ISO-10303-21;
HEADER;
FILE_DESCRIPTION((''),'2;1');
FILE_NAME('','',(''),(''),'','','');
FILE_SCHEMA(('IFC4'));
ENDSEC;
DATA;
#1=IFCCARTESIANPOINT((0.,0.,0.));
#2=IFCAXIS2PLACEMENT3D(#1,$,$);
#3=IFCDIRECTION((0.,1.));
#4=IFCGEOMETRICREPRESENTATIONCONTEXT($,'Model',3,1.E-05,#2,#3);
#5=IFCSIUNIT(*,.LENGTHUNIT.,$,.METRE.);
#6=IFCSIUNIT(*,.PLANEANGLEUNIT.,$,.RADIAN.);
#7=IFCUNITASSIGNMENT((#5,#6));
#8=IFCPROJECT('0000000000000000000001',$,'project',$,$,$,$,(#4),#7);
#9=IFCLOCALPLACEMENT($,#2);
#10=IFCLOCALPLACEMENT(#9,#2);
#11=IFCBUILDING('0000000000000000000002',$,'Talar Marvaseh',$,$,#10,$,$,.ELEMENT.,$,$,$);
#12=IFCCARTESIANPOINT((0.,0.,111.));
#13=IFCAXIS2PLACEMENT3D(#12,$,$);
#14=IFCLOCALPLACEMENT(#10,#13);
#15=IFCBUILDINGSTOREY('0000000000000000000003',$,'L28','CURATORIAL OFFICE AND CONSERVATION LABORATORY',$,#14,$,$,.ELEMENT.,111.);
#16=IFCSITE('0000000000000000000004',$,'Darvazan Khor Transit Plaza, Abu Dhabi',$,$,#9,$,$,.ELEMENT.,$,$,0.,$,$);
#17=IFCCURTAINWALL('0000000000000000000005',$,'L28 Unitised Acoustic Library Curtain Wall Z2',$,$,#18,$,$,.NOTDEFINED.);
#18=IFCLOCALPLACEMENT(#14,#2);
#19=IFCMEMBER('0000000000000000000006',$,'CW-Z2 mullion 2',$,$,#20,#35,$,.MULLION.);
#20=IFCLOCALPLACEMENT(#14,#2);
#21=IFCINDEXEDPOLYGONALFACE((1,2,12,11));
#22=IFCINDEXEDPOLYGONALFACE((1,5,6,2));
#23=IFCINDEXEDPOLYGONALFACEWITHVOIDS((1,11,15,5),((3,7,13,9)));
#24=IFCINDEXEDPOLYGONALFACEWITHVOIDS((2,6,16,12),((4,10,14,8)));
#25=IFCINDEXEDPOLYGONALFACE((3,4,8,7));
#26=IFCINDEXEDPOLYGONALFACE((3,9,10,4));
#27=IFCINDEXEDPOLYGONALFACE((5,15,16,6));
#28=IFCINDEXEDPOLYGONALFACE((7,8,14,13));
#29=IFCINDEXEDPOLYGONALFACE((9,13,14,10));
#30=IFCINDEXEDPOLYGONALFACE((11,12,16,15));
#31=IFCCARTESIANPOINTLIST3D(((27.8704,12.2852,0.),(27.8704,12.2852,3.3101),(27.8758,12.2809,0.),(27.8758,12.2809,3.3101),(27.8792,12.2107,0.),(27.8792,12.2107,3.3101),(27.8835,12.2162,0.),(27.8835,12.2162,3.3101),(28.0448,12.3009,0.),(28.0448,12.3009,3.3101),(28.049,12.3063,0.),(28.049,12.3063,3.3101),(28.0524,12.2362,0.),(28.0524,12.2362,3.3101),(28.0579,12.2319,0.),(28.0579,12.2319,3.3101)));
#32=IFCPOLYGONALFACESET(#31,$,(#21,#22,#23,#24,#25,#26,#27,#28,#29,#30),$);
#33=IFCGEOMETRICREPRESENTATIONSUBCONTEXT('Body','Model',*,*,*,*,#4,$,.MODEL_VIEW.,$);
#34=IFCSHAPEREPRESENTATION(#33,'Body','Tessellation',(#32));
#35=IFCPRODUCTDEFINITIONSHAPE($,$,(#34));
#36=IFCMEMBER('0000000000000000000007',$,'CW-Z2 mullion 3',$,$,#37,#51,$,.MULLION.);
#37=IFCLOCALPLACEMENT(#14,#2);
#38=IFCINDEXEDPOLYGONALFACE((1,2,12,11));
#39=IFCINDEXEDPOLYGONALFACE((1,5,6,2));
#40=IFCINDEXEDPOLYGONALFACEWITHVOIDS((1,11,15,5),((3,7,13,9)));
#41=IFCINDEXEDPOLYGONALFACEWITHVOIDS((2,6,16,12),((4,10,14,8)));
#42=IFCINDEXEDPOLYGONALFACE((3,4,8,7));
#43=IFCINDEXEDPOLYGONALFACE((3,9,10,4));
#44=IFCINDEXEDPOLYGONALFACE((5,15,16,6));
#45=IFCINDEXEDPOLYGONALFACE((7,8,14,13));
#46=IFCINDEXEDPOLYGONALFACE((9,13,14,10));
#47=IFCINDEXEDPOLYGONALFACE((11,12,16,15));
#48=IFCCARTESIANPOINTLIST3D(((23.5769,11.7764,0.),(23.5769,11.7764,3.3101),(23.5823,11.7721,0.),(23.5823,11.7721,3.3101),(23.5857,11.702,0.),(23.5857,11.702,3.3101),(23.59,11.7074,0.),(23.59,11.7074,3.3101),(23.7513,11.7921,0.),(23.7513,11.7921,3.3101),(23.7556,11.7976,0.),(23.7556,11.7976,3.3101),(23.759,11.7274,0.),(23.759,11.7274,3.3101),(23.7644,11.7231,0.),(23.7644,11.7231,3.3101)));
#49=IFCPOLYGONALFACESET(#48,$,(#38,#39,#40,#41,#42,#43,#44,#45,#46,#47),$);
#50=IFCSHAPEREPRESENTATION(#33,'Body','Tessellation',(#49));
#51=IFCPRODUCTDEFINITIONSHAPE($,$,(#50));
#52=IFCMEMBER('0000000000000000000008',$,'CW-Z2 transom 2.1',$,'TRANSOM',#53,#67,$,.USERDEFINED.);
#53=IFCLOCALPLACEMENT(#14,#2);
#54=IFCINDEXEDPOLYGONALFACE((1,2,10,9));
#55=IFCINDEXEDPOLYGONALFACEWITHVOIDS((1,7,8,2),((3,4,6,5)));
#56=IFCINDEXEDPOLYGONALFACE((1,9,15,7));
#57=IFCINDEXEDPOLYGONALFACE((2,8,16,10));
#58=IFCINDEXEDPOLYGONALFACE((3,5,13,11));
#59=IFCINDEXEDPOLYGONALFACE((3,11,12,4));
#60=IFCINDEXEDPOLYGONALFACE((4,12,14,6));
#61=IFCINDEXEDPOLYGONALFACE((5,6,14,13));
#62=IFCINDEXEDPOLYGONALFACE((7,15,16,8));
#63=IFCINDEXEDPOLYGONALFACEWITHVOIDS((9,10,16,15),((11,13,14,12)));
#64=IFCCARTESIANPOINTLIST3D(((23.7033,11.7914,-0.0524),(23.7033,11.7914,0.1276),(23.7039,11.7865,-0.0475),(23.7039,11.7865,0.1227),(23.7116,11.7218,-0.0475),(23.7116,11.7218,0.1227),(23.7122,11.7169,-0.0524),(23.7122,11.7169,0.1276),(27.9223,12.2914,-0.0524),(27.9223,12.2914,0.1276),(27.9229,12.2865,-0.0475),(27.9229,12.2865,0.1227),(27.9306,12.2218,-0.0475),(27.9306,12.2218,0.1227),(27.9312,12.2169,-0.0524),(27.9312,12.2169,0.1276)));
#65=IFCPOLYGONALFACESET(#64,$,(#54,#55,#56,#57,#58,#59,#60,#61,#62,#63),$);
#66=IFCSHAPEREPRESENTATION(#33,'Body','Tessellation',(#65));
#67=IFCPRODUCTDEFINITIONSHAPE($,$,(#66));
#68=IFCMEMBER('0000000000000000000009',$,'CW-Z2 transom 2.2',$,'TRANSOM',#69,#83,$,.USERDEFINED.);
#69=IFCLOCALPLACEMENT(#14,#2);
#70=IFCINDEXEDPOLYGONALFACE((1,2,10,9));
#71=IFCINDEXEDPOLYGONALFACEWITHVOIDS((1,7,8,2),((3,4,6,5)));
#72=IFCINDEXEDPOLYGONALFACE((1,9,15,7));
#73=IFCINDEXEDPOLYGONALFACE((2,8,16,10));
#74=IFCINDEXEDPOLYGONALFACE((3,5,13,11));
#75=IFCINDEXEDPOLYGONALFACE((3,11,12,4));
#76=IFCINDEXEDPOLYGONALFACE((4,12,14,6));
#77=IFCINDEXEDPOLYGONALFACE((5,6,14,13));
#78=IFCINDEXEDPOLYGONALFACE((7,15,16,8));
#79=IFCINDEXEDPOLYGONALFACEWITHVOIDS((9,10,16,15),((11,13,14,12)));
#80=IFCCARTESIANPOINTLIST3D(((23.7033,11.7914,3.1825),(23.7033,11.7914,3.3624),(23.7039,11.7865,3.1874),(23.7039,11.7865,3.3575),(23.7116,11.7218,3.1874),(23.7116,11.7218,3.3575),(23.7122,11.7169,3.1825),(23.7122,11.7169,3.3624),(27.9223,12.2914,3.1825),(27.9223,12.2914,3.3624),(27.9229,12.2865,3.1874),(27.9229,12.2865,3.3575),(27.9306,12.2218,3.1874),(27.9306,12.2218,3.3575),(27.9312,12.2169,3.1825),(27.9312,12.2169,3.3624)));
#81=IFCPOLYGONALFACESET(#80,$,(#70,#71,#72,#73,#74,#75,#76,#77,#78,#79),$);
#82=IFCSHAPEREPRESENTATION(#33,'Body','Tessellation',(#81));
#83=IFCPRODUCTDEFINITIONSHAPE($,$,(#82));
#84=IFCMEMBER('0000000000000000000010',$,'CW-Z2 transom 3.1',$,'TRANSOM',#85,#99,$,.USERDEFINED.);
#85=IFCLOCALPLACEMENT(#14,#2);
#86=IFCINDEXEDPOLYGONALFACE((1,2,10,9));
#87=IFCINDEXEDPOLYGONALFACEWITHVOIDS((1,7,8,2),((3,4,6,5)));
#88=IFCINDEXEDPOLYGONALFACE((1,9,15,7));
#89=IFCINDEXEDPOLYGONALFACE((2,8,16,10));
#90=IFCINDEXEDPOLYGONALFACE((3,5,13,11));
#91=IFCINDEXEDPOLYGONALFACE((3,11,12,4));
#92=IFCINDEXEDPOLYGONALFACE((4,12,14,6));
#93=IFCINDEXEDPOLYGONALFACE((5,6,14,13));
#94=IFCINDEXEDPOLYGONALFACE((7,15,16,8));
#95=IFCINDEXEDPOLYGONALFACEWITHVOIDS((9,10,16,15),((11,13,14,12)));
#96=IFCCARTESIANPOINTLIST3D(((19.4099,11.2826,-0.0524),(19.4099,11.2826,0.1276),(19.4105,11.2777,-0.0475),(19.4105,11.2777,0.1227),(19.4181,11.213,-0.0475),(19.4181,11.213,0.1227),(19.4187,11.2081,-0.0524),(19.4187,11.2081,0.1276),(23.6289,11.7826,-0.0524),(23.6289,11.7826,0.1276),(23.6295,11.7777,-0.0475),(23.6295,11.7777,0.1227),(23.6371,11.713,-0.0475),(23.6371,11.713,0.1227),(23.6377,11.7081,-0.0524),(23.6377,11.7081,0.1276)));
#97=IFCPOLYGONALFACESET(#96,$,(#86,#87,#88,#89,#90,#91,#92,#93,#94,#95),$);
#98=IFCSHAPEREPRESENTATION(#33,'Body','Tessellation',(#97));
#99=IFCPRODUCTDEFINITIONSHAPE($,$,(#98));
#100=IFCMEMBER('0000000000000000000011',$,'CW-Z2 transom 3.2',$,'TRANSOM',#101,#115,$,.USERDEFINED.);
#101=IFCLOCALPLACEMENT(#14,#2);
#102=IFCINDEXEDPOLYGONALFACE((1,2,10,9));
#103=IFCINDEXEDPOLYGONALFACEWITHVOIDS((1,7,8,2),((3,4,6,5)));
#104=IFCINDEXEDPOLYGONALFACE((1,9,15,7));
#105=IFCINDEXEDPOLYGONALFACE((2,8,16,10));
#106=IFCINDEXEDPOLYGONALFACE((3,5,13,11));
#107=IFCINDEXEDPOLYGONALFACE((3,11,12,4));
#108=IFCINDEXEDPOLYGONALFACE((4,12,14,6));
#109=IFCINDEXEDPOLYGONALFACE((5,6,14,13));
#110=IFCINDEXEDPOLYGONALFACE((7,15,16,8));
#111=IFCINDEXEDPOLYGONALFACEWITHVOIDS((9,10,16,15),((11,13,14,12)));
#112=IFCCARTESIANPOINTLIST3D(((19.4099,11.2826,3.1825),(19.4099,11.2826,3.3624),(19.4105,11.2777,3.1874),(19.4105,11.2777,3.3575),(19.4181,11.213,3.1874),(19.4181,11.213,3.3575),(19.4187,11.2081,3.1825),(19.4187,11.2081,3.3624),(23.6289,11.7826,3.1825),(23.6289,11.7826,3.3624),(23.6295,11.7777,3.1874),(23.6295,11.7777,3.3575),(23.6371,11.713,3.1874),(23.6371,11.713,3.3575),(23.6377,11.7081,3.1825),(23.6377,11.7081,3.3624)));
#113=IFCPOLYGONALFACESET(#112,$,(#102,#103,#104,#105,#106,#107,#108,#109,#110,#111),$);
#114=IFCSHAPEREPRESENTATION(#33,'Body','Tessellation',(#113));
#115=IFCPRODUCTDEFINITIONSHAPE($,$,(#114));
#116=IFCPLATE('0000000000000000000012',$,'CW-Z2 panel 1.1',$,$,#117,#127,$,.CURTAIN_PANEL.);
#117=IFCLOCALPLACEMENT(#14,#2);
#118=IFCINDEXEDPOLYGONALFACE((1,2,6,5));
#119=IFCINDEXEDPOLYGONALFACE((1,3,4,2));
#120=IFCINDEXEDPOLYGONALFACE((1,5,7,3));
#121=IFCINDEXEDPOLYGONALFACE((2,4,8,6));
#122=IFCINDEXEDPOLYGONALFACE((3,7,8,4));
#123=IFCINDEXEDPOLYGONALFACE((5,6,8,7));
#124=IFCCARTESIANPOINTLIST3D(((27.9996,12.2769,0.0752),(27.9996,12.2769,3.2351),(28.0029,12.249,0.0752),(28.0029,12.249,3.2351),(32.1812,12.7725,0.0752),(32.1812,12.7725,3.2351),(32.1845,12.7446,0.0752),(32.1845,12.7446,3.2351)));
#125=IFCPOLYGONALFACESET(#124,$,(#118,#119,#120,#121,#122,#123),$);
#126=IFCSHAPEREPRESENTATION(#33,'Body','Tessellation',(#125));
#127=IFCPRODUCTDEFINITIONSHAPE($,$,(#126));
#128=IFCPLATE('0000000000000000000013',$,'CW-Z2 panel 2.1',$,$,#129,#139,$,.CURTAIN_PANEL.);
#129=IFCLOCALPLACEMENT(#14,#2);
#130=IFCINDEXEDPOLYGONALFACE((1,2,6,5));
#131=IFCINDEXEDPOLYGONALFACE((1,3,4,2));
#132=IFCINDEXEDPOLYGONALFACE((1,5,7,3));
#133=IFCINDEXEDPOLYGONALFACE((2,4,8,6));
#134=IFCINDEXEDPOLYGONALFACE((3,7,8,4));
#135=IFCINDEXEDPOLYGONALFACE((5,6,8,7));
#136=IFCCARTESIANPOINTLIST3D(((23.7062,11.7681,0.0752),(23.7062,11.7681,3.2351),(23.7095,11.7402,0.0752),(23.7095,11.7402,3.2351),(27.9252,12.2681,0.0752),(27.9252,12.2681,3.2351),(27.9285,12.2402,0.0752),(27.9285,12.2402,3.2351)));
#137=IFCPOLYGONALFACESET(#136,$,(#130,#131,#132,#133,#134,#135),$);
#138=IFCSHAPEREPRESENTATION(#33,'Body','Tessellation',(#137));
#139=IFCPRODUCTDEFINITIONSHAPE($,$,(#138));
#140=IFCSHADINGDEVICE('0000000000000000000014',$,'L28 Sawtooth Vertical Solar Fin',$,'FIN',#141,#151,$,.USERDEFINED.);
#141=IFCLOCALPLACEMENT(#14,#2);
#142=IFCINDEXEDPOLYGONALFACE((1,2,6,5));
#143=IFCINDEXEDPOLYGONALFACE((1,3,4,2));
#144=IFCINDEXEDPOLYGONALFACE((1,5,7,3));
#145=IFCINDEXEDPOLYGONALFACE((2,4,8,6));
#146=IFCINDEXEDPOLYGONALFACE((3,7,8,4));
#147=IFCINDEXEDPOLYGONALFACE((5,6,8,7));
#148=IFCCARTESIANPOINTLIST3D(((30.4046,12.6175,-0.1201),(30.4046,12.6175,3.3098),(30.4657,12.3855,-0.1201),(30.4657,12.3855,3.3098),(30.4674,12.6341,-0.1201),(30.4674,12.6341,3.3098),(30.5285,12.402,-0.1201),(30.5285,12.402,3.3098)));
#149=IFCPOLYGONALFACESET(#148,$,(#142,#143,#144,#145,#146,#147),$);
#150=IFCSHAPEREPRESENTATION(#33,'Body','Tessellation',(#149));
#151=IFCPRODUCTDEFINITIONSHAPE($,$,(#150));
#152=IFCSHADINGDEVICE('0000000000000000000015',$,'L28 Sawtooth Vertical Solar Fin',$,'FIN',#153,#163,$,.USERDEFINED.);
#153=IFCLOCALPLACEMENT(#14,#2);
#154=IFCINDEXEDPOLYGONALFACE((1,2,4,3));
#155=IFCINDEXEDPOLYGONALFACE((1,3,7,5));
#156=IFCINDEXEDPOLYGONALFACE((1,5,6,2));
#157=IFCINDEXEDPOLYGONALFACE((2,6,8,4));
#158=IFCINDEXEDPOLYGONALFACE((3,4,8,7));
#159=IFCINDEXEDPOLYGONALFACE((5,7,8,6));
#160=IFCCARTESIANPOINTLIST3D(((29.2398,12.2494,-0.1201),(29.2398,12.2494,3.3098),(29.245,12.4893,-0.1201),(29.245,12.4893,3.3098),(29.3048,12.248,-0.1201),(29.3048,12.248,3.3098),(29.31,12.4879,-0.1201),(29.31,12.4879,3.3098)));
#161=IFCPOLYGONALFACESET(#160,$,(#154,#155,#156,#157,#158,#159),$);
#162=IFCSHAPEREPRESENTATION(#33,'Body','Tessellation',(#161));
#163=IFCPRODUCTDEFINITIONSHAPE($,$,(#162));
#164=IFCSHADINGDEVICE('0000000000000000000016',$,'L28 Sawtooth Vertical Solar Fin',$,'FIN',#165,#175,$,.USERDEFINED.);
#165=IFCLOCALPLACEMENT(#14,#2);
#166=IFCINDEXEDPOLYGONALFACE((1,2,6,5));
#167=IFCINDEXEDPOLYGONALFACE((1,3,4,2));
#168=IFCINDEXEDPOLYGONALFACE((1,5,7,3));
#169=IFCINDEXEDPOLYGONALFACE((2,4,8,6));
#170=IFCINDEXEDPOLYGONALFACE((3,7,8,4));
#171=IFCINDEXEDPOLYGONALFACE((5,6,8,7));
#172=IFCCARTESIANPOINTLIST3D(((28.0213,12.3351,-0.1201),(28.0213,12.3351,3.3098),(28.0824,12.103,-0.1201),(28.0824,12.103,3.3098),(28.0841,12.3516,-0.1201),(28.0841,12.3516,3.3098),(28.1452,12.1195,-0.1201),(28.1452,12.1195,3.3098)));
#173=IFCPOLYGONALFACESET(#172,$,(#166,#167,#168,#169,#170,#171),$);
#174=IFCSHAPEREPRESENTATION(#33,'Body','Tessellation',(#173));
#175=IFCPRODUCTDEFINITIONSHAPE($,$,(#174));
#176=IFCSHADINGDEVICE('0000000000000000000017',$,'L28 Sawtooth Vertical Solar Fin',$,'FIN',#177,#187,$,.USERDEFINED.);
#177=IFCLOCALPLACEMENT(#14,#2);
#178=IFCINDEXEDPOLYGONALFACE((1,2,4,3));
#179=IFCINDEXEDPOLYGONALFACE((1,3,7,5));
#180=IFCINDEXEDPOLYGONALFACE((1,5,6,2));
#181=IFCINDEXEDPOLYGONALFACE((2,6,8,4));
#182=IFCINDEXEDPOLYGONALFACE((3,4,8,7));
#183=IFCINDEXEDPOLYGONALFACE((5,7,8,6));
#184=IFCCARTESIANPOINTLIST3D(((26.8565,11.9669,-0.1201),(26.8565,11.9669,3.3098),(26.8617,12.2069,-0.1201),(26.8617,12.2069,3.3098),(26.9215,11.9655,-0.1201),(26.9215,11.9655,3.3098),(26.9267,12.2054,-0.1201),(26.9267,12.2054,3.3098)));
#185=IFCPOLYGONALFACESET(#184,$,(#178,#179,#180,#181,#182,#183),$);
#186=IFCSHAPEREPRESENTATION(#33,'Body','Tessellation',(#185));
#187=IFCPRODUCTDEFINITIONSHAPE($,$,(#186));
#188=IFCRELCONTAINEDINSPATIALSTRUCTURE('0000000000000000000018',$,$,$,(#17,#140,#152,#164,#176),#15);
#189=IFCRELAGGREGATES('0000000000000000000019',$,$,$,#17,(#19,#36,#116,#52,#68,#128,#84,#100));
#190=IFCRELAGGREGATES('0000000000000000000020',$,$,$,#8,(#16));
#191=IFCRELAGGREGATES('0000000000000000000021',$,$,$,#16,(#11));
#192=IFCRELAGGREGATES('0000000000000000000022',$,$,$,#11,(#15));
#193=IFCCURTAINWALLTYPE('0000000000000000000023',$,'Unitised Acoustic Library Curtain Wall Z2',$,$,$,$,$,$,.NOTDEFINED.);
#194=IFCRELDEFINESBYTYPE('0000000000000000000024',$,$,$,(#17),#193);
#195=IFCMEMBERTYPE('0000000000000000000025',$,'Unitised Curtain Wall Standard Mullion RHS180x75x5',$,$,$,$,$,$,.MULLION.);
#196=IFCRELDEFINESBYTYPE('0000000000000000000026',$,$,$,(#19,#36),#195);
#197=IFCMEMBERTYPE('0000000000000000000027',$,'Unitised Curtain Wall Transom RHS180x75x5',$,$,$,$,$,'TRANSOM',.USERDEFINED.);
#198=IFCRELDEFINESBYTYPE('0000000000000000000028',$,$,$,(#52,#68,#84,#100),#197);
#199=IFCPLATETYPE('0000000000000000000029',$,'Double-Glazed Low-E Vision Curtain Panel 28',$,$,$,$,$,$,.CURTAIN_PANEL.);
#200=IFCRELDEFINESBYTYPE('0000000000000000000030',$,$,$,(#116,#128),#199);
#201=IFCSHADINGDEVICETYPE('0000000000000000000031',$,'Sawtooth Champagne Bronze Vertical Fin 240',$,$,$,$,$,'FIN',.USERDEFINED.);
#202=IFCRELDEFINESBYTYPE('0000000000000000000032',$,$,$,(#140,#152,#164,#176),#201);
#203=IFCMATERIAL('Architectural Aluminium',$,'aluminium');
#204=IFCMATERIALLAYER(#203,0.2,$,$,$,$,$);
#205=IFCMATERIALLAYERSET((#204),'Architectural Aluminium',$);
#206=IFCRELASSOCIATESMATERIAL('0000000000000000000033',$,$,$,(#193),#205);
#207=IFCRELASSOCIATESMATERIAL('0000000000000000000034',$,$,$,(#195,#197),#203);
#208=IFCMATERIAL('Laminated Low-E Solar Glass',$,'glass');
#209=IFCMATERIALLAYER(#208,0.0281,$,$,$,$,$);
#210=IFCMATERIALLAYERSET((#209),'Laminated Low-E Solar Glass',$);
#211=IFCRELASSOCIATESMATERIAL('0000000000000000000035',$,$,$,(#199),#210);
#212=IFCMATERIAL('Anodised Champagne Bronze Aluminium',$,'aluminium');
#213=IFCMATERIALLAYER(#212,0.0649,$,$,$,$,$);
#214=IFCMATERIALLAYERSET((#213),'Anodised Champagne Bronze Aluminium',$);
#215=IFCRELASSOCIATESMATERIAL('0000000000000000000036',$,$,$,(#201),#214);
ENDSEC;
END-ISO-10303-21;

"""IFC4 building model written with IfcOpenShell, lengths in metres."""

from ifc_helpers import new_model, si_unit, direction, frame, origin, origin_2d, place, context, subcontext, project, spatial, rectangle, hollow_rectangle, extrude, source, transform, mapped, material, layer, layer_set, material_profile, profile_set, type_object, type_shapes, element, aggregate, save


model = new_model("IFC4")

# Units and contexts
model_context = context("Model", 3, precision=1e-05, world=origin(), true_north=direction((0.0, 1.0)))
body_context = subcontext(model_context, "Body", "Model", "MODEL_VIEW")
ifc_project = project(units=[si_unit("LENGTHUNIT", "METRE"), si_unit("PLANEANGLEUNIT", "RADIAN")], contexts=[model_context])

# Site, building, storey
site_placement = place(None, origin())
site = spatial("IfcSite", under=ifc_project, at=site_placement, Name="Darvazan Khor Transit Plaza, Abu Dhabi", CompositionType="ELEMENT", RefElevation=0.0)
building_placement = place(site_placement, origin())
building = spatial("IfcBuilding", under=site, at=building_placement, Name="Talar Marvaseh", CompositionType="ELEMENT")
storey_placement = place(building_placement, frame((0.0, 0.0, 111.0)))
storey = spatial("IfcBuildingStorey", under=building, at=storey_placement, Name="L28", Description="CURATORIAL OFFICE AND CONSERVATION LABORATORY", CompositionType="ELEMENT", Elevation=111.0)

# Curtain wall, members, plates
ifc_material_1 = material(Name="Architectural Aluminium", Category="aluminium")
ifc_layer_1 = layer(ifc_material_1, 0.2)
ifc_layer_set_1 = layer_set([ifc_layer_1], Name="Architectural Aluminium")
curtain_wall_type = type_object("IfcCurtainWallType", Name="Unitised Acoustic Library Curtain Wall Z2", PredefinedType="NOTDEFINED", material=ifc_layer_set_1)
curtain_wall_placement = place(storey_placement, origin())
curtain_wall = element("IfcCurtainWall", 1, at=curtain_wall_placement, inside=storey, type_object=curtain_wall_type, Name="L28 Unitised Acoustic Library Curtain Wall Z2", PredefinedType="NOTDEFINED")
ifc_material_profile_1 = material_profile(ifc_material_1, hollow_rectangle(XDim=0.075, YDim=0.1799, WallThickness=0.0049, at=origin_2d()), Name="RHS180x75x5")
ifc_profile_set_1 = profile_set([ifc_material_profile_1], Name="Architectural Aluminium")
member_type_1 = type_object("IfcMemberType", Name="Unitised Curtain Wall Standard Mullion RHS180x75x5", PredefinedType="MULLION", material=ifc_profile_set_1)
shared_shape_1 = source(origin(), body_context, "Body", "SweptSolid", [
    extrude(hollow_rectangle(XDim=0.075, YDim=0.1799, WallThickness=0.0049, at=origin_2d()), origin(), (0.0, 0.0, 1.0), 3.3101),
])
type_shapes(member_type_1, [shared_shape_1])
member_1_placement = place(storey_placement, frame((27.9641, 12.2585, 0.0), z_axis=(0.0, 0.0, 1.0), x_axis=(0.117691, -0.99305, 0.0)))
member_1 = element("IfcMember", 2, at=member_1_placement, type_object=member_type_1, Name="CW-Z2 mullion 2", PredefinedType="MULLION", context=body_context, shape_type="MappedRepresentation", body=[
    mapped(shared_shape_1, transform((0.0, 0.0, 0.0), x_axis=(1.0, 0.0, 0.0), y_axis=(0.0, 1.0, 0.0), z_axis=(0.0, 0.0, 1.0), scale=1.0)),
])
member_2_placement = place(storey_placement, frame((23.6707, 11.7498, 0.0), z_axis=(0.0, 0.0, 1.0), x_axis=(0.117691, -0.99305, 0.0)))
member_2 = element("IfcMember", 3, at=member_2_placement, type_object=member_type_1, Name="CW-Z2 mullion 3", PredefinedType="MULLION", context=body_context, shape_type="MappedRepresentation", body=[
    mapped(shared_shape_1, transform((0.0, 0.0, 0.0), x_axis=(1.0, 0.0, 0.0), y_axis=(0.0, 1.0, 0.0), z_axis=(0.0, 0.0, 1.0), scale=1.0)),
])
ifc_material_profile_2 = material_profile(ifc_material_1, hollow_rectangle(XDim=0.075, YDim=0.1799, WallThickness=0.0049, at=origin_2d()), Name="RHS180x75x5")
ifc_profile_set_2 = profile_set([ifc_material_profile_2], Name="Architectural Aluminium")
member_type_2 = type_object("IfcMemberType", Name="Unitised Curtain Wall Transom RHS180x75x5", ElementType="TRANSOM", PredefinedType="USERDEFINED", material=ifc_profile_set_2)
shared_shape_2 = source(origin(), body_context, "Body", "SweptSolid", [
    extrude(hollow_rectangle(XDim=0.075, YDim=0.1799, WallThickness=0.0049, at=origin_2d()), origin(), (0.0, 0.0, 1.0), 4.2485),
])
type_shapes(member_type_2, [shared_shape_2])
member_3_placement = place(storey_placement, frame((27.9268, 12.2542, 0.0376), z_axis=(-0.993051, -0.117688, 0.0), x_axis=(0.117688, -0.993051, 0.0)))
member_3 = element("IfcMember", 4, at=member_3_placement, type_object=member_type_2, Name="CW-Z2 transom 2.1", ObjectType="TRANSOM", PredefinedType="USERDEFINED", context=body_context, shape_type="MappedRepresentation", body=[
    mapped(shared_shape_2, transform((0.0, 0.0, 0.0), x_axis=(1.0, 0.0, 0.0), y_axis=(0.0, 1.0, 0.0), z_axis=(0.0, 0.0, 1.0), scale=1.0)),
])
member_4_placement = place(storey_placement, frame((27.9268, 12.2542, 3.2725), z_axis=(-0.993051, -0.117688, 0.0), x_axis=(0.117688, -0.993051, 0.0)))
member_4 = element("IfcMember", 5, at=member_4_placement, type_object=member_type_2, Name="CW-Z2 transom 2.2", ObjectType="TRANSOM", PredefinedType="USERDEFINED", context=body_context, shape_type="MappedRepresentation", body=[
    mapped(shared_shape_2, transform((0.0, 0.0, 0.0), x_axis=(1.0, 0.0, 0.0), y_axis=(0.0, 1.0, 0.0), z_axis=(0.0, 0.0, 1.0), scale=1.0)),
])
member_5_placement = place(storey_placement, frame((23.6333, 11.7454, 0.0376), z_axis=(-0.993051, -0.117688, 0.0), x_axis=(0.117688, -0.993051, 0.0)))
member_5 = element("IfcMember", 6, at=member_5_placement, type_object=member_type_2, Name="CW-Z2 transom 3.1", ObjectType="TRANSOM", PredefinedType="USERDEFINED", context=body_context, shape_type="MappedRepresentation", body=[
    mapped(shared_shape_2, transform((0.0, 0.0, 0.0), x_axis=(1.0, 0.0, 0.0), y_axis=(0.0, 1.0, 0.0), z_axis=(0.0, 0.0, 1.0), scale=1.0)),
])
member_6_placement = place(storey_placement, frame((23.6333, 11.7454, 3.2725), z_axis=(-0.993051, -0.117688, 0.0), x_axis=(0.117688, -0.993051, 0.0)))
member_6 = element("IfcMember", 7, at=member_6_placement, type_object=member_type_2, Name="CW-Z2 transom 3.2", ObjectType="TRANSOM", PredefinedType="USERDEFINED", context=body_context, shape_type="MappedRepresentation", body=[
    mapped(shared_shape_2, transform((0.0, 0.0, 0.0), x_axis=(1.0, 0.0, 0.0), y_axis=(0.0, 1.0, 0.0), z_axis=(0.0, 0.0, 1.0), scale=1.0)),
])
ifc_material_2 = material(Name="Laminated Low-E Solar Glass", Category="glass")
ifc_layer_2 = layer(ifc_material_2, 0.0281)
ifc_layer_set_2 = layer_set([ifc_layer_2], Name="Laminated Low-E Solar Glass")
plate_type = type_object("IfcPlateType", Name="Double-Glazed Low-E Vision Curtain Panel 28", PredefinedType="CURTAIN_PANEL", material=ifc_layer_set_2)
shared_shape_3 = source(origin(), body_context, "Body", "SweptSolid", [
    extrude(rectangle(XDim=4.2109, YDim=0.0281, at=origin_2d()), origin(), (0.0, 0.0, 1.0), 3.1599),
])
plate_1_placement = place(storey_placement, frame((30.092, 12.5107, 0.0752), z_axis=(0.0, 0.0, 1.0), x_axis=(-0.99305, -0.117691, 0.0)))
plate_1 = element("IfcPlate", 8, at=plate_1_placement, type_object=plate_type, Name="CW-Z2 panel 1.1", PredefinedType="CURTAIN_PANEL", context=body_context, shape_type="MappedRepresentation", body=[
    mapped(shared_shape_3, transform((0.0, 0.0, 0.0), x_axis=(1.0, 0.0, 0.0), y_axis=(0.0, 1.0, 0.0), z_axis=(0.0, 0.0, 1.0), scale=1.0)),
])
shared_shape_4 = source(origin(), body_context, "Body", "SweptSolid", [
    extrude(rectangle(XDim=4.2485, YDim=0.0281, at=origin_2d()), origin(), (0.0, 0.0, 1.0), 3.1599),
])
type_shapes(plate_type, [shared_shape_3, shared_shape_4])
plate_2_placement = place(storey_placement, frame((25.8174, 12.0042, 0.0752), z_axis=(0.0, 0.0, 1.0), x_axis=(-0.99305, -0.117691, 0.0)))
plate_2 = element("IfcPlate", 9, at=plate_2_placement, type_object=plate_type, Name="CW-Z2 panel 2.1", PredefinedType="CURTAIN_PANEL", context=body_context, shape_type="MappedRepresentation", body=[
    mapped(shared_shape_4, transform((0.0, 0.0, 0.0), x_axis=(1.0, 0.0, 0.0), y_axis=(0.0, 1.0, 0.0), z_axis=(0.0, 0.0, 1.0), scale=1.0)),
])
aggregate(curtain_wall, [member_1, member_2, plate_1, member_3, member_4, plate_2, member_5, member_6])

# Shading devices
ifc_material_3 = material(Name="Anodised Champagne Bronze Aluminium", Category="aluminium")
ifc_layer_3 = layer(ifc_material_3, 0.0649)
ifc_layer_set_3 = layer_set([ifc_layer_3], Name="Anodised Champagne Bronze Aluminium")
shading_device_type = type_object("IfcShadingDeviceType", Name="Sawtooth Champagne Bronze Vertical Fin 240", ElementType="FIN", PredefinedType="USERDEFINED", material=ifc_layer_set_3)
shared_shape_5 = source(origin(), body_context, "Body", "SweptSolid", [
    extrude(rectangle(XDim=0.24, YDim=0.0649, at=origin_2d()), origin(), (0.0, 0.0, 1.0), 3.4299),
])
type_shapes(shading_device_type, [shared_shape_5])
for number, where, z_axis, x_axis, name in (
    (10, (30.4666, 12.5098, -0.1201), (0.0, 0.0, 1.0), (0.254771, -0.967001, 0.0), "L28 Sawtooth Vertical Solar Fin"),
    (11, (29.2749, 12.3687, -0.1201), (0.0, 0.0, 1.0), (-0.02164, -0.999766, 0.0), "L28 Sawtooth Vertical Solar Fin"),
    (12, (28.0833, 12.2273, -0.1201), (0.0, 0.0, 1.0), (0.254771, -0.967001, 0.0), "L28 Sawtooth Vertical Solar Fin"),
    (13, (26.8916, 12.0862, -0.1201), (0.0, 0.0, 1.0), (-0.02164, -0.999766, 0.0), "L28 Sawtooth Vertical Solar Fin"),
):
    element("IfcShadingDevice", number, at=place(storey_placement, frame(where, z_axis=z_axis, x_axis=x_axis)), inside=storey, type_object=shading_device_type, Name=name, ObjectType="FIN", PredefinedType="USERDEFINED", context=body_context, shape_type="MappedRepresentation", body=[
        mapped(shared_shape_5, transform((0.0, 0.0, 0.0), x_axis=(1.0, 0.0, 0.0), y_axis=(0.0, 1.0, 0.0), z_axis=(0.0, 0.0, 1.0), scale=1.0)),
    ])

save(model, "model.ifc")
